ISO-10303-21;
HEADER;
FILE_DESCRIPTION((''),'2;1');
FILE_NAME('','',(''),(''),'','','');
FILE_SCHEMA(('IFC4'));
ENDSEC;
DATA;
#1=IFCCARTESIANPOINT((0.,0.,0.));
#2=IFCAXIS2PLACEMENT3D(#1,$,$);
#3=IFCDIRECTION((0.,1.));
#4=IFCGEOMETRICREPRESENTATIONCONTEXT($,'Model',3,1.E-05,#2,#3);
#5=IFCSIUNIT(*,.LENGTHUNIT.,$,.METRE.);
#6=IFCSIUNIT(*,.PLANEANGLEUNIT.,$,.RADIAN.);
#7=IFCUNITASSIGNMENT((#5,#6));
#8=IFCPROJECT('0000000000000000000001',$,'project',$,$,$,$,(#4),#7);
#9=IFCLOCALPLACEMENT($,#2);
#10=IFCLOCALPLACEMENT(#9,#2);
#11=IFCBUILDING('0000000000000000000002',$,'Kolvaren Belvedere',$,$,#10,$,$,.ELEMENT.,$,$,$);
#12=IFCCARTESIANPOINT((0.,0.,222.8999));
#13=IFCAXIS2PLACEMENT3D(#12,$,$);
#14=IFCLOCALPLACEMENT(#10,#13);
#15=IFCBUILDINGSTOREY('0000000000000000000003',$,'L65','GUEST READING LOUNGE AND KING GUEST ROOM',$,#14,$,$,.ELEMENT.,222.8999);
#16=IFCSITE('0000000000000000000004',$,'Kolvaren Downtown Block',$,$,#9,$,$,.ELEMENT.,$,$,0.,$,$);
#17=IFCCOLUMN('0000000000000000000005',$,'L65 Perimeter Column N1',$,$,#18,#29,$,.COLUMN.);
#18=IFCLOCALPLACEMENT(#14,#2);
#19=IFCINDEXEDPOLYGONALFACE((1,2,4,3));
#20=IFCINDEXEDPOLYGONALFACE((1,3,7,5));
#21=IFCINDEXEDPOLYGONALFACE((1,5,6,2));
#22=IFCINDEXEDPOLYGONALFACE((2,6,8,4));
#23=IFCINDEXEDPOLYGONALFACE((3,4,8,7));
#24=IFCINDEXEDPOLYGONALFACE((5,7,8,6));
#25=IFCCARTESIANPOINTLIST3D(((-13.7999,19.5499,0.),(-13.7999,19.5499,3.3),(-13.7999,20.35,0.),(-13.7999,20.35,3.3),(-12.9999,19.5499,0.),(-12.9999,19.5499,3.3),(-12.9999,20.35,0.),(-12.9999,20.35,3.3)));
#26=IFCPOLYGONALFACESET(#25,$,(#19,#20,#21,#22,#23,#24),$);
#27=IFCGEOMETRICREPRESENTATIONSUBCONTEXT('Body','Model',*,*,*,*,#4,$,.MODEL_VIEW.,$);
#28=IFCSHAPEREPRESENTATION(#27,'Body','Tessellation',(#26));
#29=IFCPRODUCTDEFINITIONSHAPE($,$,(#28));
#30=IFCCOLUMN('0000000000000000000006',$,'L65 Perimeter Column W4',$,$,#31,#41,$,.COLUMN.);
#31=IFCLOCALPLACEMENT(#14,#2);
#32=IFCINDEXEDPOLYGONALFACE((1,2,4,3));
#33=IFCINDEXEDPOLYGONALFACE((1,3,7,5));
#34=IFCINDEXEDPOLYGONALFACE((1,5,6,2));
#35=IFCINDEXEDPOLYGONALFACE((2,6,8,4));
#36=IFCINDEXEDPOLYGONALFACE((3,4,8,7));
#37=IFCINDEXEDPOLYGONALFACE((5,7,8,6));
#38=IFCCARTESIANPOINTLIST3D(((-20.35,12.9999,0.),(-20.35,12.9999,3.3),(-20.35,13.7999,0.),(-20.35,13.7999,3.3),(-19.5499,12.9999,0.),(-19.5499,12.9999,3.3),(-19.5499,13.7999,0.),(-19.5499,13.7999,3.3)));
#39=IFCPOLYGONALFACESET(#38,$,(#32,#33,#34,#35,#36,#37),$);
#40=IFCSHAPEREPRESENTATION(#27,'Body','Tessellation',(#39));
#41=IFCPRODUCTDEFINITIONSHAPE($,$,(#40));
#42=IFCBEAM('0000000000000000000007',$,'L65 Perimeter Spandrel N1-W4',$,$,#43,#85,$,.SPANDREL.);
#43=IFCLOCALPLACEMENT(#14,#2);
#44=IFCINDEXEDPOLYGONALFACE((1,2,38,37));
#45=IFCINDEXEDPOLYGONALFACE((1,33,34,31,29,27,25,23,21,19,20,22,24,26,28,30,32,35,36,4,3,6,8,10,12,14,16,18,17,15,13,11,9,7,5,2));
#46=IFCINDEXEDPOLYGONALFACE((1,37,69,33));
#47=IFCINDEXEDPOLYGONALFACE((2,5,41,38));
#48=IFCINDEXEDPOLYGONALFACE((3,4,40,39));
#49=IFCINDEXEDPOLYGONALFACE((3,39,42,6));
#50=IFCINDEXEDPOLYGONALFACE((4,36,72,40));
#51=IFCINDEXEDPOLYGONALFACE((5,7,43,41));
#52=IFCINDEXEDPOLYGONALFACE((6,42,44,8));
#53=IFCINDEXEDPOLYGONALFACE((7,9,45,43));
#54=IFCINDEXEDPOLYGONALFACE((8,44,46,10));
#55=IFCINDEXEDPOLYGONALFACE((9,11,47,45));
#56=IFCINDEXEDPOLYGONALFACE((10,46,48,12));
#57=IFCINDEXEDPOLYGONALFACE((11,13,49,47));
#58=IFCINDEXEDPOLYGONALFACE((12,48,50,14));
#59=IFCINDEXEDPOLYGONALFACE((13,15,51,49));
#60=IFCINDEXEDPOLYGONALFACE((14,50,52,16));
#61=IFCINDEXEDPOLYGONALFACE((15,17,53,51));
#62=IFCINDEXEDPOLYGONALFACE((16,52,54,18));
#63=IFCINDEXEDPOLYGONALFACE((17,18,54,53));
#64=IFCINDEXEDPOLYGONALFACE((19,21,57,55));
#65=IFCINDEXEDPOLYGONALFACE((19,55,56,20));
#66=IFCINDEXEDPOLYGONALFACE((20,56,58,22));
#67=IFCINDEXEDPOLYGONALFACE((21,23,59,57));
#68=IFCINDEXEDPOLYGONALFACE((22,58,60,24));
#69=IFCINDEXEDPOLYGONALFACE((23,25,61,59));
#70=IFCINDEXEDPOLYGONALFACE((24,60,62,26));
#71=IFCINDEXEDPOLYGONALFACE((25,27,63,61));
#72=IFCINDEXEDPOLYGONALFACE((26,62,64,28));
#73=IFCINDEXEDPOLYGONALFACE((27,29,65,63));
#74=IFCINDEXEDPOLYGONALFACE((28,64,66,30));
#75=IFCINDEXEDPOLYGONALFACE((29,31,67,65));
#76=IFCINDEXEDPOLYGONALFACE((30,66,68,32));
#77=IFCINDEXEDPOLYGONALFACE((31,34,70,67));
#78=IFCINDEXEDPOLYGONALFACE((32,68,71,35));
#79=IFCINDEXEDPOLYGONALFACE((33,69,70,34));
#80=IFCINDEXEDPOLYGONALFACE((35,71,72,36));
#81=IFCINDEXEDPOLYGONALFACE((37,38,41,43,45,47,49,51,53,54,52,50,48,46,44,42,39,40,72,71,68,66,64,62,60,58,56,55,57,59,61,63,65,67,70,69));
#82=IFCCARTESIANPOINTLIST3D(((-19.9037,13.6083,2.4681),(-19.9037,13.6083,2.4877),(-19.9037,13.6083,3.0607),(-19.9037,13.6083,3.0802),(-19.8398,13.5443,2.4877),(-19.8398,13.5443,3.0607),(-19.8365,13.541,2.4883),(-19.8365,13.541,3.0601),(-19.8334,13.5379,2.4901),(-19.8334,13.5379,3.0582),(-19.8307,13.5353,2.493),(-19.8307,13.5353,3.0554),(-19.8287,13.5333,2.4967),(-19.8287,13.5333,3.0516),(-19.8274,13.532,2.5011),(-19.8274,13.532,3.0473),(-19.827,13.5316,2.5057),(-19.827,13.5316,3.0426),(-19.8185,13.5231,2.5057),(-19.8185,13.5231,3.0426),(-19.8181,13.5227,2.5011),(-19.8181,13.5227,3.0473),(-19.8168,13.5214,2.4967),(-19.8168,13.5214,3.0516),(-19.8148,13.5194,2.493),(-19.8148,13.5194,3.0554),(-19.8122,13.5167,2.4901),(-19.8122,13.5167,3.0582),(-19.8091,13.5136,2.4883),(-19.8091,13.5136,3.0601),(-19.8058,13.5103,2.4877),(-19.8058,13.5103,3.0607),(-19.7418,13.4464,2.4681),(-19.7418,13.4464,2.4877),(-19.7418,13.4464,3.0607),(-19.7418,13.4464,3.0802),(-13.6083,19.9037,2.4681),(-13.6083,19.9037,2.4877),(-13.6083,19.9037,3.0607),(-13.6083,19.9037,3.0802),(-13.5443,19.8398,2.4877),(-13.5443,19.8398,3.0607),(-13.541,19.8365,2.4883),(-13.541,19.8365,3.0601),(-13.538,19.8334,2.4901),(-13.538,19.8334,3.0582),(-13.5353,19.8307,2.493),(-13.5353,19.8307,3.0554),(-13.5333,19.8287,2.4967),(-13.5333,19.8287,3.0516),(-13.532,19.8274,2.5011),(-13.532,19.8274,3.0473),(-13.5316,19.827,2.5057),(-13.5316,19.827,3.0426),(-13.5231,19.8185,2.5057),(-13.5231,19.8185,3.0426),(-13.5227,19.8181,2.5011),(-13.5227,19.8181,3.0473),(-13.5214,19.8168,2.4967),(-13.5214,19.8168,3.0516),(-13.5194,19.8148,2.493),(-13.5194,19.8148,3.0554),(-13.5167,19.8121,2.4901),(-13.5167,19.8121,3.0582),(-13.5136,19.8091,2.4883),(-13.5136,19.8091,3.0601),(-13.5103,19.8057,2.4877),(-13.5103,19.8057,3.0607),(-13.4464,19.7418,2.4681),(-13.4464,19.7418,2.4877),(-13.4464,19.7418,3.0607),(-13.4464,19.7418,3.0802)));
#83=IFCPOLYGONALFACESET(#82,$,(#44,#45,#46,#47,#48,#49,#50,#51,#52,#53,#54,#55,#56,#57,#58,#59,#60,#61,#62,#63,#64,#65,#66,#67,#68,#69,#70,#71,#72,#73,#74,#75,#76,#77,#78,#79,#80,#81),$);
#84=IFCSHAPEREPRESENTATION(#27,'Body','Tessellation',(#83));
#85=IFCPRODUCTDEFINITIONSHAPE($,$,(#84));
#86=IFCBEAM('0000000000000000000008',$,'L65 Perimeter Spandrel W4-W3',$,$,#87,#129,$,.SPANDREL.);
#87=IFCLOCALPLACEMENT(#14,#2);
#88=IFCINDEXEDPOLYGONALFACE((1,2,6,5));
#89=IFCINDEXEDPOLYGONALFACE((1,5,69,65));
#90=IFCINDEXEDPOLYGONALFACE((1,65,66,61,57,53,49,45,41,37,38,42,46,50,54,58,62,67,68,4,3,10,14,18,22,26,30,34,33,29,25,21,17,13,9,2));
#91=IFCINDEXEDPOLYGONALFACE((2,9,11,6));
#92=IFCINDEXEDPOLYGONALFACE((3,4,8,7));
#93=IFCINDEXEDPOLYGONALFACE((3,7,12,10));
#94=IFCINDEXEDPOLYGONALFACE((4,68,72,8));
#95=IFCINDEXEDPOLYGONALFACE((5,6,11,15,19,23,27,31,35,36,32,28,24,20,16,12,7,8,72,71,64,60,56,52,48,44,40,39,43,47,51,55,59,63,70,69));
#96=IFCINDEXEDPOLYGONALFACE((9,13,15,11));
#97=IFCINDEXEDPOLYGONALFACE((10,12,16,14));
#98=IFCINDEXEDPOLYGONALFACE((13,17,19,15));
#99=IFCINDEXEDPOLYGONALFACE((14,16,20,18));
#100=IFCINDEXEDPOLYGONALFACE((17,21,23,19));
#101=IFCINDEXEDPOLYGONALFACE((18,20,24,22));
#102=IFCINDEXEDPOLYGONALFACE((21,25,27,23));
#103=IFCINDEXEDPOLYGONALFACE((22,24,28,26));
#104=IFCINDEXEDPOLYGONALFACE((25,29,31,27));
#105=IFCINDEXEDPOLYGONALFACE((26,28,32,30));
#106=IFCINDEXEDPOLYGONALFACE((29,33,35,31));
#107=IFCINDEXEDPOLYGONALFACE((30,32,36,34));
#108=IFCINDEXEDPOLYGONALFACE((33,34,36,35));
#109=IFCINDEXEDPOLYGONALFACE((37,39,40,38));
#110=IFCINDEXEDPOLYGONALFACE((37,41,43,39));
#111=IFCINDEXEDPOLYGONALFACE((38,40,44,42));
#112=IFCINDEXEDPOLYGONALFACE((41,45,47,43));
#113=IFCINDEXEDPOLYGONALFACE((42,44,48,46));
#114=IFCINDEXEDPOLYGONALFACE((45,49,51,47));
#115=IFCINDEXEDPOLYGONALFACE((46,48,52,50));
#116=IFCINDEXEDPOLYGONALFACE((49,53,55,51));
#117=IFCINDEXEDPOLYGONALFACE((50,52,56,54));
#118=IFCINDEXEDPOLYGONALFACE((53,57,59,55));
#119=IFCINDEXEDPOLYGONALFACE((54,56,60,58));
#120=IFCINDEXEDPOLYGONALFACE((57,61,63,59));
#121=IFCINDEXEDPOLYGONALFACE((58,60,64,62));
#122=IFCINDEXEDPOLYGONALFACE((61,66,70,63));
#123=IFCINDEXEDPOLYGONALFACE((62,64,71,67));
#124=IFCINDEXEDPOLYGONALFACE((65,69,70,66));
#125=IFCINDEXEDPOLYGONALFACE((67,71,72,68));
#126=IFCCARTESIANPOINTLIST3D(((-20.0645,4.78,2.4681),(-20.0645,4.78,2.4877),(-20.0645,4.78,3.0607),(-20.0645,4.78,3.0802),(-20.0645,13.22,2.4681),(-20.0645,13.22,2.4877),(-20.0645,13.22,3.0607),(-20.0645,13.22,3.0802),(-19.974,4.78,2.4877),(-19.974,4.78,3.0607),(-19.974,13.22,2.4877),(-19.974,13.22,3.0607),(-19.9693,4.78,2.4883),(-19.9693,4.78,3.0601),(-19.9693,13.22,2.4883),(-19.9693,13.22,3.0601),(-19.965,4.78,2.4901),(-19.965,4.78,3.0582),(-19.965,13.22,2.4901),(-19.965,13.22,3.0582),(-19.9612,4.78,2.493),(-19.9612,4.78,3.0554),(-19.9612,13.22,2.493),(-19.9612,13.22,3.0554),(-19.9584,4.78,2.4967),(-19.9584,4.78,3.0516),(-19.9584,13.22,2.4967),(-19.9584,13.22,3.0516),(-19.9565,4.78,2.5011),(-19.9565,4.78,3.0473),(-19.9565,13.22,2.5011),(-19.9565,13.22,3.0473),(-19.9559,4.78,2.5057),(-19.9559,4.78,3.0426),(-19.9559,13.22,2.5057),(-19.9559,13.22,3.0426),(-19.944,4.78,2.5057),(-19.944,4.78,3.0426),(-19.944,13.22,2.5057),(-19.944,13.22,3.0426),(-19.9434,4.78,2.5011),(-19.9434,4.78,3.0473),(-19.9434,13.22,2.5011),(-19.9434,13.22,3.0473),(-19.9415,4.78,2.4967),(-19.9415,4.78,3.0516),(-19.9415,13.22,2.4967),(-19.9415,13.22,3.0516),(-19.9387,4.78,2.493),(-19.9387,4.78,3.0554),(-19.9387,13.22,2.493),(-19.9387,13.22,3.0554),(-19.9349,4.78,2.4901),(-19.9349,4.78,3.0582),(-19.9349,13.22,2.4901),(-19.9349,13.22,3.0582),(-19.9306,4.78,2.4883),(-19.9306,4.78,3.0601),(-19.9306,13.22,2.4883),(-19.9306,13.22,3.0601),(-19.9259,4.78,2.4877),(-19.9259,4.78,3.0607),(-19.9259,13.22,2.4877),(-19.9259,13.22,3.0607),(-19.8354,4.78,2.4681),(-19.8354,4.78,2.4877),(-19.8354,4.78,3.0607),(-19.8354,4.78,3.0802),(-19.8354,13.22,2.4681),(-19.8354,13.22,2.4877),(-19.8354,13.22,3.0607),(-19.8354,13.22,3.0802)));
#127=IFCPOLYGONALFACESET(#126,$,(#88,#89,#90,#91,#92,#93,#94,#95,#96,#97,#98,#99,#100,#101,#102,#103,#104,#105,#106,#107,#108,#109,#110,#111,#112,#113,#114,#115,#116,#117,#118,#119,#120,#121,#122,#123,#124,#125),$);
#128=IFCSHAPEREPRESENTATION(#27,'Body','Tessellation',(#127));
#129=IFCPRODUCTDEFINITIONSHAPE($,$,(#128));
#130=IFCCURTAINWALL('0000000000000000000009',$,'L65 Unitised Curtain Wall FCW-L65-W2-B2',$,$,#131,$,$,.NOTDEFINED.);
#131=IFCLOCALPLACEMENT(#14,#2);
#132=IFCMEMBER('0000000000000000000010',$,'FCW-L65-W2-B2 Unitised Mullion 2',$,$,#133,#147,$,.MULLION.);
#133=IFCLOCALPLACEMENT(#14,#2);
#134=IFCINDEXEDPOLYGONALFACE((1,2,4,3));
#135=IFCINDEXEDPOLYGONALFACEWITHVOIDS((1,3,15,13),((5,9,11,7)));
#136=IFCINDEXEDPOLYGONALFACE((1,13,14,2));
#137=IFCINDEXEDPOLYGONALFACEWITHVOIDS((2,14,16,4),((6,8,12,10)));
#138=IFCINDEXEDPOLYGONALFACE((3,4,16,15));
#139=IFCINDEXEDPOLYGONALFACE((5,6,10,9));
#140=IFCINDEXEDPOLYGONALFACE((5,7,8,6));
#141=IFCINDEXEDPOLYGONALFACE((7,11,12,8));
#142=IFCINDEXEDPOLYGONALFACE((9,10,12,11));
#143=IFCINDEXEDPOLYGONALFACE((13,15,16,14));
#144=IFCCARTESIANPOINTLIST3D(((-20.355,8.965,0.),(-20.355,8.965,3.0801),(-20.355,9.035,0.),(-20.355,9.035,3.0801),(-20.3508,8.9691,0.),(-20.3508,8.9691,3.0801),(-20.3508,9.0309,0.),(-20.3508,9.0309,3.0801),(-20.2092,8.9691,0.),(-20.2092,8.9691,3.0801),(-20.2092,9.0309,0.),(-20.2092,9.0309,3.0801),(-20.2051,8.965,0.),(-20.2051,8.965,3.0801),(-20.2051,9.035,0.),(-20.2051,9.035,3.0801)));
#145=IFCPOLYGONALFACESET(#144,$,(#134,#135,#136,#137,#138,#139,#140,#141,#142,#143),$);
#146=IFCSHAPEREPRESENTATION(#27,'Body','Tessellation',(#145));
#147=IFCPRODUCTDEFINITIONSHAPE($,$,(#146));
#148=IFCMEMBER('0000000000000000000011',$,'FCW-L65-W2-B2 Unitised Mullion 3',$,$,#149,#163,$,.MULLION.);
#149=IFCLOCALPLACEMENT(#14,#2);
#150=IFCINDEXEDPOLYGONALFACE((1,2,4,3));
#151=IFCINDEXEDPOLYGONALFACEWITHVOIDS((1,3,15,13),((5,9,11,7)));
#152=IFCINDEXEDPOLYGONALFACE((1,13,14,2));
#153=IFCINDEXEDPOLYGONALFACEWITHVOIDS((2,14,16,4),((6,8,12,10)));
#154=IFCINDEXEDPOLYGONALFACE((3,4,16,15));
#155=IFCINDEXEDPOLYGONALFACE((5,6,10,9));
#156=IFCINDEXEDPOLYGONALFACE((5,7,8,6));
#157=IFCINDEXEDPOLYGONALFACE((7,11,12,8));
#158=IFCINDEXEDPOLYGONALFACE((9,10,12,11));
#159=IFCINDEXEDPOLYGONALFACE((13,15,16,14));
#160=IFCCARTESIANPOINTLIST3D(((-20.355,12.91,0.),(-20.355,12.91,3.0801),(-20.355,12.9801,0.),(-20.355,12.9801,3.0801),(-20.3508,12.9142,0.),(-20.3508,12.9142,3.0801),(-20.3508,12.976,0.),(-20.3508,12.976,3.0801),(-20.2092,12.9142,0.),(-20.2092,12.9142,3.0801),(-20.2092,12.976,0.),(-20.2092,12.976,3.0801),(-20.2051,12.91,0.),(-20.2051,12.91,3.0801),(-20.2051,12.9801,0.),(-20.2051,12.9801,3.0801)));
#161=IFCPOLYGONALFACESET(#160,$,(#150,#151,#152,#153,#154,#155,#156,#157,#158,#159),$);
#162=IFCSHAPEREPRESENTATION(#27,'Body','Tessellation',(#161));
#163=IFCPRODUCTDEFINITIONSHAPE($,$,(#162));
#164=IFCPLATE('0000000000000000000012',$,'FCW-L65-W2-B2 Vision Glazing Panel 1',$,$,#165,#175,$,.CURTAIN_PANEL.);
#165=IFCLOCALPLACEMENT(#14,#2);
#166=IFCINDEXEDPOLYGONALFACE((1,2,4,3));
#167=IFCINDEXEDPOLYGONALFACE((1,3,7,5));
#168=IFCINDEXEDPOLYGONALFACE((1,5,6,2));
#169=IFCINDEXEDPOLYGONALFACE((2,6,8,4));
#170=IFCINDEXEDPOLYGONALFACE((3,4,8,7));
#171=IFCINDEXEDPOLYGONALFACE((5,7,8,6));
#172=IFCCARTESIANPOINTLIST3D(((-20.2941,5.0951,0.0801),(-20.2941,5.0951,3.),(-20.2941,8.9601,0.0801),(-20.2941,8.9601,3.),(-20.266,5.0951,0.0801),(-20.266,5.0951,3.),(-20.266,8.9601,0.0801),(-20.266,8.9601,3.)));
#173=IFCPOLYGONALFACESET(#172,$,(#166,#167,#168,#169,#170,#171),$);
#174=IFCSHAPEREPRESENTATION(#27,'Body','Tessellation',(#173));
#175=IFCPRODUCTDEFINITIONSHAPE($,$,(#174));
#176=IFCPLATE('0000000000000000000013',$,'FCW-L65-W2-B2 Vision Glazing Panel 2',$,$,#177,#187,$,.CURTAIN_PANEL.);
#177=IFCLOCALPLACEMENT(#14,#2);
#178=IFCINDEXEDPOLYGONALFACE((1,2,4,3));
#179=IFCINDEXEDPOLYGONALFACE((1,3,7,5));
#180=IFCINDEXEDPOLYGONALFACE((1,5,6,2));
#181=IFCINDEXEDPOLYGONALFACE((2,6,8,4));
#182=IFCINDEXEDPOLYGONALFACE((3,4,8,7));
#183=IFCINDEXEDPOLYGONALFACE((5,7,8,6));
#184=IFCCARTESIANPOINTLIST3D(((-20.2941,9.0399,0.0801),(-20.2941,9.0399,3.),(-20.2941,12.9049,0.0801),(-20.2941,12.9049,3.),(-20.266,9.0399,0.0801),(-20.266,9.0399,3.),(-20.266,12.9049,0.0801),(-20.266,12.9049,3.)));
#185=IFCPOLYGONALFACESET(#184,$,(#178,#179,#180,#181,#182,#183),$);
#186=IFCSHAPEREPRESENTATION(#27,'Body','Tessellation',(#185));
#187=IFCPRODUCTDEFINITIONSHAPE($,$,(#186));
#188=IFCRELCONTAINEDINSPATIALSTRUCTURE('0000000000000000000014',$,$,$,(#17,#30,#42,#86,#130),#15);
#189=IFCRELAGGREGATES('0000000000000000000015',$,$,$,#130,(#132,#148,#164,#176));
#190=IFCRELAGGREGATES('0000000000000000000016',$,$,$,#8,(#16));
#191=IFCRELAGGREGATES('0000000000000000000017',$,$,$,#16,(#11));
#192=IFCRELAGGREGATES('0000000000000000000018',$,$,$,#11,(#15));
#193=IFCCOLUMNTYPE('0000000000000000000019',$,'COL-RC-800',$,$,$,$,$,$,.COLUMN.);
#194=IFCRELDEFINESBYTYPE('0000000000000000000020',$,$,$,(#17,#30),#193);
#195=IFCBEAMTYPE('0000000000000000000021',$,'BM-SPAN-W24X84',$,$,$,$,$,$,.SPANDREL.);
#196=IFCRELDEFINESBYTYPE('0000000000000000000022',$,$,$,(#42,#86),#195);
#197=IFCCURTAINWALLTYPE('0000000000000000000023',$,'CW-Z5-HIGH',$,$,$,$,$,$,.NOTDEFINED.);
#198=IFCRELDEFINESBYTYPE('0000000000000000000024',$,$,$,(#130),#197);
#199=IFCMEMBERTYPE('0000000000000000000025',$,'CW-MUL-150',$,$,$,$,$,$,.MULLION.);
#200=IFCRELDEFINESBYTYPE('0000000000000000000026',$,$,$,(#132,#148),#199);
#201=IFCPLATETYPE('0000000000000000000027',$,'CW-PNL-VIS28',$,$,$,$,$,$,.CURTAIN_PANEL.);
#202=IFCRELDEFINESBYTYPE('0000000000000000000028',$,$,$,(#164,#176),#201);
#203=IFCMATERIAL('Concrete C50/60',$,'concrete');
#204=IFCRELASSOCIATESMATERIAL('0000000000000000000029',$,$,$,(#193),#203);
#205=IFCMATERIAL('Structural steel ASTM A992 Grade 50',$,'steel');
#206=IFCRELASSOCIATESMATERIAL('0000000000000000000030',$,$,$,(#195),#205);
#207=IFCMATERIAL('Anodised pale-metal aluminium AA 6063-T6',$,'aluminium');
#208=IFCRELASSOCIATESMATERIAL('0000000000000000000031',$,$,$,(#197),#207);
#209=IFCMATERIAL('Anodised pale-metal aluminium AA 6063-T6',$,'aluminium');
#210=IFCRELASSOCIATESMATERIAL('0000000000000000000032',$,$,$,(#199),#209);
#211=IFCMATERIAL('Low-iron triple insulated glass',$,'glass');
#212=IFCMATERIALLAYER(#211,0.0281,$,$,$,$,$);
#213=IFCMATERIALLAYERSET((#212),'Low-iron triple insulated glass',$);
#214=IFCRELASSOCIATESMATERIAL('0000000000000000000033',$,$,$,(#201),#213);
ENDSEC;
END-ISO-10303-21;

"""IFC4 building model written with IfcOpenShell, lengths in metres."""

from ifc_helpers import new_model, si_unit, direction, frame, origin, origin_2d, place, context, subcontext, project, spatial, rectangle, hollow_rectangle, i_section, extrude, material, layer, layer_set, material_profile, profile_set, type_object, element, aggregate, save


model = new_model("IFC4")

# Units and contexts
model_context = context("Model", 3, precision=1e-05, world=origin(), true_north=direction((0.0, 1.0)))
body_context = subcontext(model_context, "Body", "Model", "MODEL_VIEW")
ifc_project = project(units=[si_unit("LENGTHUNIT", "METRE"), si_unit("PLANEANGLEUNIT", "RADIAN")], contexts=[model_context])

# Site, building, storey
site_placement = place(None, origin())
site = spatial("IfcSite", under=ifc_project, at=site_placement, Name="Kolvaren Downtown Block", CompositionType="ELEMENT", RefElevation=0.0)
building_placement = place(site_placement, origin())
building = spatial("IfcBuilding", under=site, at=building_placement, Name="Kolvaren Belvedere", CompositionType="ELEMENT")
storey_placement = place(building_placement, frame((0.0, 0.0, 222.8999)))
storey = spatial("IfcBuildingStorey", under=building, at=storey_placement, Name="L65", Description="GUEST READING LOUNGE AND KING GUEST ROOM", CompositionType="ELEMENT", Elevation=222.8999)

# Columns
ifc_material_1 = material(Name="Concrete C50/60", Category="concrete")
ifc_material_profile_1 = material_profile(ifc_material_1, rectangle(XDim=0.8, YDim=0.8, at=origin_2d()), Name="RC 800X800")
ifc_profile_set_1 = profile_set([ifc_material_profile_1], Name="Concrete C50/60")
column_type = type_object("IfcColumnType", Name="COL-RC-800", PredefinedType="COLUMN", material=ifc_profile_set_1)
for number, where, z_axis, x_axis, name in (
    (1, (-13.3999, 19.95, 0.0), (0.0, 0.0, 1.0), (1.0, 0.0, 0.0), "L65 Perimeter Column N1"),
    (2, (-19.95, 13.3999, 0.0), (0.0, 0.0, 1.0), (1.0, 0.0, 0.0), "L65 Perimeter Column W4"),
):
    element("IfcColumn", number, at=place(storey_placement, frame(where, z_axis=z_axis, x_axis=x_axis)), inside=storey, type_object=column_type, Name=name, PredefinedType="COLUMN", context=body_context, shape_type="SweptSolid", body=[
        extrude(rectangle(XDim=0.8, YDim=0.8, at=origin_2d()), origin(), (0.0, 0.0, 1.0), 3.3),
    ])

# Beams
ifc_material_2 = material(Name="Structural steel ASTM A992 Grade 50", Category="steel")
ifc_material_profile_2 = material_profile(ifc_material_2, i_section(OverallWidth=0.229, OverallDepth=0.6121, WebThickness=0.012, FlangeThickness=0.0195, FilletRadius=0.0181, at=origin_2d()), Name="W24X84")
ifc_profile_set_2 = profile_set([ifc_material_profile_2], Name="Structural steel ASTM A992 Grade 50")
beam_type = type_object("IfcBeamType", Name="BM-SPAN-W24X84", PredefinedType="SPANDREL", material=ifc_profile_set_2)
beam_1_placement = place(storey_placement, frame((-13.5273, 19.8228, 2.7742), z_axis=(-0.707107, -0.707107, 0.0), x_axis=(0.707107, -0.707107, 0.0)))
element("IfcBeam", 3, at=beam_1_placement, inside=storey, type_object=beam_type, Name="L65 Perimeter Spandrel N1-W4", PredefinedType="SPANDREL", context=body_context, shape_type="SweptSolid", body=[
    extrude(i_section(OverallWidth=0.229, OverallDepth=0.6121, WebThickness=0.012, FlangeThickness=0.0195, FilletRadius=0.0181, at=origin_2d()), origin(), (0.0, 0.0, 1.0), 8.9031),
])
beam_2_placement = place(storey_placement, frame((-19.95, 13.22, 2.7742), z_axis=(0.0, -1.0, 0.0), x_axis=(1.0, 0.0, 0.0)))
element("IfcBeam", 4, at=beam_2_placement, inside=storey, type_object=beam_type, Name="L65 Perimeter Spandrel W4-W3", PredefinedType="SPANDREL", context=body_context, shape_type="SweptSolid", body=[
    extrude(i_section(OverallWidth=0.229, OverallDepth=0.6121, WebThickness=0.012, FlangeThickness=0.0195, FilletRadius=0.0181, at=origin_2d()), origin(), (0.0, 0.0, 1.0), 8.4399),
])

# Curtain wall, members, plates
ifc_material_3 = material(Name="Anodised pale-metal aluminium AA 6063-T6", Category="aluminium")
curtain_wall_type = type_object("IfcCurtainWallType", Name="CW-Z5-HIGH", PredefinedType="NOTDEFINED", material=ifc_material_3)
curtain_wall_placement = place(storey_placement, origin())
curtain_wall = element("IfcCurtainWall", 5, at=curtain_wall_placement, inside=storey, type_object=curtain_wall_type, Name="L65 Unitised Curtain Wall FCW-L65-W2-B2", PredefinedType="NOTDEFINED")
ifc_material_4 = material(Name="Anodised pale-metal aluminium AA 6063-T6", Category="aluminium")
ifc_material_profile_3 = material_profile(ifc_material_4, hollow_rectangle(XDim=0.0701, YDim=0.1499, WallThickness=0.0042, at=origin_2d()), Name="ALU-MUL-150X70")
ifc_profile_set_3 = profile_set([ifc_material_profile_3], Name="Anodised pale-metal aluminium AA 6063-T6")
member_type = type_object("IfcMemberType", Name="CW-MUL-150", PredefinedType="MULLION", material=ifc_profile_set_3)
member_1_placement = place(storey_placement, frame((-20.28, 9.0, 0.0), z_axis=(0.0, 0.0, 1.0), x_axis=(0.0, 1.0, 0.0)))
member_1 = element("IfcMember", 6, at=member_1_placement, type_object=member_type, Name="FCW-L65-W2-B2 Unitised Mullion 2", PredefinedType="MULLION", context=body_context, shape_type="SweptSolid", body=[
    extrude(hollow_rectangle(XDim=0.0701, YDim=0.1499, WallThickness=0.0042, at=origin_2d()), origin(), (0.0, 0.0, 1.0), 3.0801),
])
member_2_placement = place(storey_placement, frame((-20.28, 12.9451, 0.0), z_axis=(0.0, 0.0, 1.0), x_axis=(0.0, 1.0, 0.0)))
member_2 = element("IfcMember", 7, at=member_2_placement, type_object=member_type, Name="FCW-L65-W2-B2 Unitised Mullion 3", PredefinedType="MULLION", context=body_context, shape_type="SweptSolid", body=[
    extrude(hollow_rectangle(XDim=0.0701, YDim=0.1499, WallThickness=0.0042, at=origin_2d()), origin(), (0.0, 0.0, 1.0), 3.0801),
])
ifc_material_5 = material(Name="Low-iron triple insulated glass", Category="glass")
ifc_layer_1 = layer(ifc_material_5, 0.0281)
ifc_layer_set_1 = layer_set([ifc_layer_1], Name="Low-iron triple insulated glass")
plate_type_1 = type_object("IfcPlateType", Name="CW-PNL-VIS28", PredefinedType="CURTAIN_PANEL", material=ifc_layer_set_1)
plate_1_placement = place(storey_placement, frame((-20.28, 7.0276, 0.0801), z_axis=(0.0, 0.0, 1.0), x_axis=(0.0, 1.0, 0.0)))
plate_1 = element("IfcPlate", 8, at=plate_1_placement, type_object=plate_type_1, Name="FCW-L65-W2-B2 Vision Glazing Panel 1", PredefinedType="CURTAIN_PANEL", context=body_context, shape_type="SweptSolid", body=[
    extrude(rectangle(XDim=3.865, YDim=0.0281, at=origin_2d()), origin(), (0.0, 0.0, 1.0), 2.9199),
])
plate_2_placement = place(storey_placement, frame((-20.28, 10.9724, 0.0801), z_axis=(0.0, 0.0, 1.0), x_axis=(0.0, 1.0, 0.0)))
plate_2 = element("IfcPlate", 9, at=plate_2_placement, type_object=plate_type_1, Name="FCW-L65-W2-B2 Vision Glazing Panel 2", PredefinedType="CURTAIN_PANEL", context=body_context, shape_type="SweptSolid", body=[
    extrude(rectangle(XDim=3.865, YDim=0.0281, at=origin_2d()), origin(), (0.0, 0.0, 1.0), 2.9199),
])
aggregate(curtain_wall, [member_1, member_2, plate_1, plate_2])

save(model, "model.ifc")
